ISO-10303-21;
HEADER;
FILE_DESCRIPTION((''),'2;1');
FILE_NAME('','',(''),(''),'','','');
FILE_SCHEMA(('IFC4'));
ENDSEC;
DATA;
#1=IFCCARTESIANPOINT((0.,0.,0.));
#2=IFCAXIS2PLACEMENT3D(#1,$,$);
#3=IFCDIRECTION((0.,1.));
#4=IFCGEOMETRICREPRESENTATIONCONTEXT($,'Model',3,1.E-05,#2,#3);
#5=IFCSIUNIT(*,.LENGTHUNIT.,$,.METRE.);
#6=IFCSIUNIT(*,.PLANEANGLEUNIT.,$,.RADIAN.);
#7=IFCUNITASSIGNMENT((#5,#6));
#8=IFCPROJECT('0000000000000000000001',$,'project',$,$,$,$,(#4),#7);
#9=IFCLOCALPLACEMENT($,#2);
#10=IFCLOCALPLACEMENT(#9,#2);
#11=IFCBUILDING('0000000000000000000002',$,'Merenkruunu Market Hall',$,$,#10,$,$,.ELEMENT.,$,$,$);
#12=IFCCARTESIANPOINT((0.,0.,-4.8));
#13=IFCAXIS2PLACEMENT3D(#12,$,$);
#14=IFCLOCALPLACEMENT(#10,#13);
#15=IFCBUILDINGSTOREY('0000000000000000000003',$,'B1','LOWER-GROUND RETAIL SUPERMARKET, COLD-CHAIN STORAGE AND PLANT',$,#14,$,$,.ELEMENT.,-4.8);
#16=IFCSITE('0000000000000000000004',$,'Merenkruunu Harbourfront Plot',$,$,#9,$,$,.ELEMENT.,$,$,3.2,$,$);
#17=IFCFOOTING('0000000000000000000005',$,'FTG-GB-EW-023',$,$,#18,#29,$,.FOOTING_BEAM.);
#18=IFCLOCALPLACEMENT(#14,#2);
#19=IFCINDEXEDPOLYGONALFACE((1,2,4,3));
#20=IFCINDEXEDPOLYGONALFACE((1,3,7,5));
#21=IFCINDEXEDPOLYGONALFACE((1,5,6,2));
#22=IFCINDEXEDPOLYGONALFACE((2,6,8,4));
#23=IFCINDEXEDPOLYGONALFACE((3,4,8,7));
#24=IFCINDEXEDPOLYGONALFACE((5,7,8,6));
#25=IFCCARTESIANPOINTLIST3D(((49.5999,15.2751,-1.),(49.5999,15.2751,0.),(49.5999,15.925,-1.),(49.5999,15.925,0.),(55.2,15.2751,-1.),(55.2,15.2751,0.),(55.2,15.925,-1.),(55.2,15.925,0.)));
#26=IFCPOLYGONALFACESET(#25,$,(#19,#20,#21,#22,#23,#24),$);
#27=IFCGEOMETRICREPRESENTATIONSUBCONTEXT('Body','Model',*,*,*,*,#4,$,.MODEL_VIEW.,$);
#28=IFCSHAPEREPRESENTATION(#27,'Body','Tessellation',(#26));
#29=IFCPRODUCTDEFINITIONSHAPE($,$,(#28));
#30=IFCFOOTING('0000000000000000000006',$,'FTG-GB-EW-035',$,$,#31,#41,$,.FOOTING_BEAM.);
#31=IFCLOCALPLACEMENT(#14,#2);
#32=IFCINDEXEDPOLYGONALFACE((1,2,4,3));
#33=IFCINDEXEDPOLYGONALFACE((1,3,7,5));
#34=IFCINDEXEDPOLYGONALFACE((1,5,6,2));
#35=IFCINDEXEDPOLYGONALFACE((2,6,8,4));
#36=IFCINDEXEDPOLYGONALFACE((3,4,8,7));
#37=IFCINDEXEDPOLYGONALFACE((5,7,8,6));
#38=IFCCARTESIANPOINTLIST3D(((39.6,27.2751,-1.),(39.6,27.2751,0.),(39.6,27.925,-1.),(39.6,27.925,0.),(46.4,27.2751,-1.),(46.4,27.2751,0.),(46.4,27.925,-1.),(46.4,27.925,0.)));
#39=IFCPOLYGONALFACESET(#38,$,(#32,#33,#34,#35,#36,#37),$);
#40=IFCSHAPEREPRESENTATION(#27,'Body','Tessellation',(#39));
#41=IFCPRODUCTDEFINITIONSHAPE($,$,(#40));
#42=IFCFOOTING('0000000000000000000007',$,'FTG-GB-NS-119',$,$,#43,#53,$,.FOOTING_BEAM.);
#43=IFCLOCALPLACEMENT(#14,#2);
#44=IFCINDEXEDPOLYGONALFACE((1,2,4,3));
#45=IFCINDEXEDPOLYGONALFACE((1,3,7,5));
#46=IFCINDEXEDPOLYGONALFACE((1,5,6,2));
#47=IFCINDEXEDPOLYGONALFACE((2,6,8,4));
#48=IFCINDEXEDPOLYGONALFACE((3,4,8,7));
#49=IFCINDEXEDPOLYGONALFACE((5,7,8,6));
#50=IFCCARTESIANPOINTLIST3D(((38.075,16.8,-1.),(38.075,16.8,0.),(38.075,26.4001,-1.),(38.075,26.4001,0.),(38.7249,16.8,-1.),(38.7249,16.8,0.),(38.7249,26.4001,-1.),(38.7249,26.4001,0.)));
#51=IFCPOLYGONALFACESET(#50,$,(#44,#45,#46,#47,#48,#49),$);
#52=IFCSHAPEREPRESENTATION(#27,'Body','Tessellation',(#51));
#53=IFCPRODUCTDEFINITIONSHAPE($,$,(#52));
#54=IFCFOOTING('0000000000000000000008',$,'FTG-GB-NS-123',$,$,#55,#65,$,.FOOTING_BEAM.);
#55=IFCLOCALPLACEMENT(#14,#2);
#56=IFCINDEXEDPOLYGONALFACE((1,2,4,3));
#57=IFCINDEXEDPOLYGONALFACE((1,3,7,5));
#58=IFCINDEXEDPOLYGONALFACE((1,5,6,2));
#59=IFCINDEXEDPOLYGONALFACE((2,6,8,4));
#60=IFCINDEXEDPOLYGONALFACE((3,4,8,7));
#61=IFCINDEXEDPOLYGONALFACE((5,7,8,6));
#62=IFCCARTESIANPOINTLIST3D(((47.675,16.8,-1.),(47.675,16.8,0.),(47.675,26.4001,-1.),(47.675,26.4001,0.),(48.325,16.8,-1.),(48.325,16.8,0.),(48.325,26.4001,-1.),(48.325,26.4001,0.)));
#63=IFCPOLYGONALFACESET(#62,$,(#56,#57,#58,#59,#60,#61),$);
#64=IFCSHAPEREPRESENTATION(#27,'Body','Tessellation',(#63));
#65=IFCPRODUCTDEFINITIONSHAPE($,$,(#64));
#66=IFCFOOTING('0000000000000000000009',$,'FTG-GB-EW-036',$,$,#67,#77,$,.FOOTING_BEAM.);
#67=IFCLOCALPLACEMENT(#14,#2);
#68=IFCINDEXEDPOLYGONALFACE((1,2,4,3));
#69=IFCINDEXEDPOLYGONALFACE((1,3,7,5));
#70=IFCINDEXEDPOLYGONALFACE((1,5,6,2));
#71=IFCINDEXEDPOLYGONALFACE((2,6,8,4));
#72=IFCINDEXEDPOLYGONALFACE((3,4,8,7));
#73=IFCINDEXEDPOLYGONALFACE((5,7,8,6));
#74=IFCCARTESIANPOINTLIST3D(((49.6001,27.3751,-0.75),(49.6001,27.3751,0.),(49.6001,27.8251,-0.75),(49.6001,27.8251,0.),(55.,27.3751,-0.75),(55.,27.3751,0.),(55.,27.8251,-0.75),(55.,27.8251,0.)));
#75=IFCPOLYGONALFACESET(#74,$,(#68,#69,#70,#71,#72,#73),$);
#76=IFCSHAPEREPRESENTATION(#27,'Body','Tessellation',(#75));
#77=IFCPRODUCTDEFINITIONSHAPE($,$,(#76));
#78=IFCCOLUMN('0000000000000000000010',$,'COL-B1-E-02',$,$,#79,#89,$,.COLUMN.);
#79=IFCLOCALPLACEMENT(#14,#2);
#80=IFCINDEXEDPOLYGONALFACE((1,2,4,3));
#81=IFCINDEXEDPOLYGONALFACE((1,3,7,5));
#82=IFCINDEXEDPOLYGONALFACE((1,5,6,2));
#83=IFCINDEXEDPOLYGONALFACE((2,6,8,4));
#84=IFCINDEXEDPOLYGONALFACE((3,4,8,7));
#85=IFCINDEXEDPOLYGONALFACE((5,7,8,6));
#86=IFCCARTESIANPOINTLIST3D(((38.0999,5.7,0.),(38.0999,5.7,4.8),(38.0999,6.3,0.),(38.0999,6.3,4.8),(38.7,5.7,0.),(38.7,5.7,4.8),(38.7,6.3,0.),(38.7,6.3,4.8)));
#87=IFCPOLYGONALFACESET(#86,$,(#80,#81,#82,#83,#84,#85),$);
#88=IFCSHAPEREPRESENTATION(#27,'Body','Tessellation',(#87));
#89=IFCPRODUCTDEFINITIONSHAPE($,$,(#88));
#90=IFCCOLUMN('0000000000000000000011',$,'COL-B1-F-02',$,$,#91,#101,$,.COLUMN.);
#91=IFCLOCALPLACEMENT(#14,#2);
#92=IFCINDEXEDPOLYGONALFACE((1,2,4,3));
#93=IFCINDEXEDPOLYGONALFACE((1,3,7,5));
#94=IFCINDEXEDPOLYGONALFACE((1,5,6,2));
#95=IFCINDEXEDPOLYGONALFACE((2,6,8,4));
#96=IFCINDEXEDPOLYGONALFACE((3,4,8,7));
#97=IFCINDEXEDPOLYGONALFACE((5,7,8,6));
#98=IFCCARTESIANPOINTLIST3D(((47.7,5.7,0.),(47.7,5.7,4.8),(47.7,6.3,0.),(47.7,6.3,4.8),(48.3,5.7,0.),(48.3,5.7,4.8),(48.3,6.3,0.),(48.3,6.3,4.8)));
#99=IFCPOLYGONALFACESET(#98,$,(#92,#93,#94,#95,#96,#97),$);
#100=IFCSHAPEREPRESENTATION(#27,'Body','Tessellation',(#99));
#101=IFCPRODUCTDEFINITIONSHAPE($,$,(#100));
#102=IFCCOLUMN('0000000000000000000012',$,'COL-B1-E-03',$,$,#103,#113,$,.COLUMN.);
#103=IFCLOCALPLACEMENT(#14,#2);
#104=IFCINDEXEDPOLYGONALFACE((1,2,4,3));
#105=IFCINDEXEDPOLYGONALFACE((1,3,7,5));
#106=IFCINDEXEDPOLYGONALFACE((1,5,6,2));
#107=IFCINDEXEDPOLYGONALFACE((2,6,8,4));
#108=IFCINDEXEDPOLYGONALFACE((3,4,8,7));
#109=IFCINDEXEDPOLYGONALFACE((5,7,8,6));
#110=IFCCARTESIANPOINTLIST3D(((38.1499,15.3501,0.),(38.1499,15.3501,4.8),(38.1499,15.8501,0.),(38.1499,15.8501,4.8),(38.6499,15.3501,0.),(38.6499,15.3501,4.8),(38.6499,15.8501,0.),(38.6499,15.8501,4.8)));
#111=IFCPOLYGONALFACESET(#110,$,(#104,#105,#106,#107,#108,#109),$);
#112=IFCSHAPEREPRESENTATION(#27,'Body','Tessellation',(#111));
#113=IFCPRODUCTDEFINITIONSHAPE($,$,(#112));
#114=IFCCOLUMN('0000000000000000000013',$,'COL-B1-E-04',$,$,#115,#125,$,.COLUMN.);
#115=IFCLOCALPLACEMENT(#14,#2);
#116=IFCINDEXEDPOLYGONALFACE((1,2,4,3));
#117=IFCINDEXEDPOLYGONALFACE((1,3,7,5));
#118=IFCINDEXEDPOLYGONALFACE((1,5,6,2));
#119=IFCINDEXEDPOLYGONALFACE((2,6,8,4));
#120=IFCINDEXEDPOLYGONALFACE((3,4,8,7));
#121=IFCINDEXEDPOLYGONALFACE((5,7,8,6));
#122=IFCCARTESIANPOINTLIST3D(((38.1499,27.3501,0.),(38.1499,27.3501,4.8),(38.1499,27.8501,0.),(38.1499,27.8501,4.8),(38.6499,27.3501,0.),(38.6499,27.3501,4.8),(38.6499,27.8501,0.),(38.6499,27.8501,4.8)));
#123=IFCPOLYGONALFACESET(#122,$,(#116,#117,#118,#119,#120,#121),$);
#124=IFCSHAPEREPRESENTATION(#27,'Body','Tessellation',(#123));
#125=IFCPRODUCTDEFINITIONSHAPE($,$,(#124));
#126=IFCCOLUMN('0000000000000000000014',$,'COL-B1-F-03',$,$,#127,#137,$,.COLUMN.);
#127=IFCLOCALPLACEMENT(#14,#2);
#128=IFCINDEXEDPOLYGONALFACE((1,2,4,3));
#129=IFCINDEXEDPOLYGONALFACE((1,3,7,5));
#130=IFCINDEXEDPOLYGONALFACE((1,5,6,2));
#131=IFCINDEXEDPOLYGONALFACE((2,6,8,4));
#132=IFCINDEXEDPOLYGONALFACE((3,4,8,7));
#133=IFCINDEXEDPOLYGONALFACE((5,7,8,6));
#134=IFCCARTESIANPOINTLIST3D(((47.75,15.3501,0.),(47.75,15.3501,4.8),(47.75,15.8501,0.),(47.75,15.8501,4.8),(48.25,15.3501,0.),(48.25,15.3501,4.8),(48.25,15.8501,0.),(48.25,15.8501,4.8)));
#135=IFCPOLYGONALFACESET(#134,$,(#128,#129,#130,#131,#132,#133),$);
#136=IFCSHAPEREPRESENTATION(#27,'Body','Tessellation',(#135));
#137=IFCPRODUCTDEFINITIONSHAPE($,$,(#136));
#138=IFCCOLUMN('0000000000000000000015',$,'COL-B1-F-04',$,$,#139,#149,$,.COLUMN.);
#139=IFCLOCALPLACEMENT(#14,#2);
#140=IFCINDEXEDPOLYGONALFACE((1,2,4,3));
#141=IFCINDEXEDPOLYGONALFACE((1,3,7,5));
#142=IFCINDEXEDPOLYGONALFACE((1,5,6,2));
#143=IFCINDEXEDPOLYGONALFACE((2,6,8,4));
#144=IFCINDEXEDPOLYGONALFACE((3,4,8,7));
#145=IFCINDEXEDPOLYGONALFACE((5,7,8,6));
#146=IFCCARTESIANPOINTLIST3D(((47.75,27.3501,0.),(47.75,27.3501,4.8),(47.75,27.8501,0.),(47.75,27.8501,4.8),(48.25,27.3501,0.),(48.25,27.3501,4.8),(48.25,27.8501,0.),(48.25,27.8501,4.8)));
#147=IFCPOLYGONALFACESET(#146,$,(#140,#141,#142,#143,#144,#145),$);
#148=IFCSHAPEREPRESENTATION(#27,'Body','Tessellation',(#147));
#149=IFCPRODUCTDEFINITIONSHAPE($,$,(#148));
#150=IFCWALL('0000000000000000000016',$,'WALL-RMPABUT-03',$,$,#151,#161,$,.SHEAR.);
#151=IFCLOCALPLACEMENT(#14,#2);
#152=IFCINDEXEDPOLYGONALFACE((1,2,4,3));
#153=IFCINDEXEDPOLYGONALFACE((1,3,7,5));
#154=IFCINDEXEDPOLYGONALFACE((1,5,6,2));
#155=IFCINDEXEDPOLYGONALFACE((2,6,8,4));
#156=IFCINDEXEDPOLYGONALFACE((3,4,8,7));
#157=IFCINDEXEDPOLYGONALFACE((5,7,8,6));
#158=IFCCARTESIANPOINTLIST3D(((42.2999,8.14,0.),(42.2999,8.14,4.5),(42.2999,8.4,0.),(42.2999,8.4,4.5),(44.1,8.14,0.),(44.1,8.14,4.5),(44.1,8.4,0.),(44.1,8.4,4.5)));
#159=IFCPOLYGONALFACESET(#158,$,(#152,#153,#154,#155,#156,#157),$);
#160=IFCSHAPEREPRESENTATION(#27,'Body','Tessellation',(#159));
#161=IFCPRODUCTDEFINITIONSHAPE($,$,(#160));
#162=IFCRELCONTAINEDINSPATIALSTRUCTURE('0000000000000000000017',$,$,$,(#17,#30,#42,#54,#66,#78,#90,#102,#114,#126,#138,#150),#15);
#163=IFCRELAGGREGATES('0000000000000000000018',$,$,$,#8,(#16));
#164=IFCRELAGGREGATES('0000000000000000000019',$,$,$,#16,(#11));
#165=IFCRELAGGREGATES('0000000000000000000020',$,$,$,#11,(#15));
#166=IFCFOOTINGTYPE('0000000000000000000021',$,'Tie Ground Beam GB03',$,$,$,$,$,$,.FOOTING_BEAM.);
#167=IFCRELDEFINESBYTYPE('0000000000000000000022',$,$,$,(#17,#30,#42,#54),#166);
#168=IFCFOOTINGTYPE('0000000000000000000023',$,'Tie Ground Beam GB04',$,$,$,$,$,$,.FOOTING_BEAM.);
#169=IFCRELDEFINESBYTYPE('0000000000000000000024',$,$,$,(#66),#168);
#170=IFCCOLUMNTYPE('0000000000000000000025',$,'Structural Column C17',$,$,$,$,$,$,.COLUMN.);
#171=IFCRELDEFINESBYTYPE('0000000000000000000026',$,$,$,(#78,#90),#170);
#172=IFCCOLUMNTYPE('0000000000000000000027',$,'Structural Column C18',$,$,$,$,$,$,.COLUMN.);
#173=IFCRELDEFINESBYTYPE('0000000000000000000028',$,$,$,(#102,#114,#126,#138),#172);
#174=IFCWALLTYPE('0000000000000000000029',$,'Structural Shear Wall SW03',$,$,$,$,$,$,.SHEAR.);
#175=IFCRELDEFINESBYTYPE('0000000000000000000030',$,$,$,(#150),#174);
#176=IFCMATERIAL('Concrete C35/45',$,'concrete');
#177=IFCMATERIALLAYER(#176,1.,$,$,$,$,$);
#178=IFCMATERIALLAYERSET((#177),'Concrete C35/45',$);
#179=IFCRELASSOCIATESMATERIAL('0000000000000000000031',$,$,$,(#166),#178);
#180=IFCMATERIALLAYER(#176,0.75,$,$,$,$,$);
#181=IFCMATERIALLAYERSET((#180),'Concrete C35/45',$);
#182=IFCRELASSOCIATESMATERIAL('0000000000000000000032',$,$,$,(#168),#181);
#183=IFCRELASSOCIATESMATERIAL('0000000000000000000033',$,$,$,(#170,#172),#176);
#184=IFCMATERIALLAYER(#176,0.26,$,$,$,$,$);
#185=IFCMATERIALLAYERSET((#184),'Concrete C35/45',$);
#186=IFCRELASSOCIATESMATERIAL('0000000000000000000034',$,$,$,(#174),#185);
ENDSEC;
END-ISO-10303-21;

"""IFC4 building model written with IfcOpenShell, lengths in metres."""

from ifc_helpers import new_model, si_unit, direction, frame, frame_2d, origin, origin_2d, place, context, subcontext, project, spatial, rectangle, extrude, material, layer, layer_set, material_profile, profile_set, type_object, element, save


model = new_model("IFC4")

# Units and contexts
model_context = context("Model", 3, precision=1e-05, world=origin(), true_north=direction((0.0, 1.0)))
body_context = subcontext(model_context, "Body", "Model", "MODEL_VIEW")
ifc_project = project(units=[si_unit("LENGTHUNIT", "METRE"), si_unit("PLANEANGLEUNIT", "RADIAN")], contexts=[model_context])

# Site, building, storey
site_placement = place(None, origin())
site = spatial("IfcSite", under=ifc_project, at=site_placement, Name="Merenkruunu Harbourfront Plot", CompositionType="ELEMENT", RefElevation=3.2)
building_placement = place(site_placement, origin())
building = spatial("IfcBuilding", under=site, at=building_placement, Name="Merenkruunu Market Hall", CompositionType="ELEMENT")
storey_placement = place(building_placement, frame((0.0, 0.0, -4.8)))
storey = spatial("IfcBuildingStorey", under=building, at=storey_placement, Name="B1", Description="LOWER-GROUND RETAIL SUPERMARKET, COLD-CHAIN STORAGE AND PLANT", CompositionType="ELEMENT", Elevation=-4.8)

# Shared definitions
ifc_material = material(Name="Concrete C35/45", Category="concrete")

# Footings
ifc_layer_1 = layer(ifc_material, 1.0)
ifc_layer_set_1 = layer_set([ifc_layer_1], Name="Concrete C35/45")
footing_type_1 = type_object("IfcFootingType", Name="Tie Ground Beam GB03", PredefinedType="FOOTING_BEAM", material=ifc_layer_set_1)
footing_1_placement = place(storey_placement, frame((52.3999, 15.6001, -1.0), z_axis=(0.0, 0.0, 1.0), x_axis=(1.0, 0.0, 0.0)))
element("IfcFooting", 1, at=footing_1_placement, inside=storey, type_object=footing_type_1, Name="FTG-GB-EW-023", PredefinedType="FOOTING_BEAM", context=body_context, shape_type="SweptSolid", body=[
    extrude(rectangle(XDim=5.6001, YDim=0.6499, at=origin_2d()), origin(), (0.0, 0.0, 1.0), 1.0),
])
footing_2_placement = place(storey_placement, frame((43.0, 27.6001, -1.0), z_axis=(0.0, 0.0, 1.0), x_axis=(1.0, 0.0, 0.0)))
element("IfcFooting", 2, at=footing_2_placement, inside=storey, type_object=footing_type_1, Name="FTG-GB-EW-035", PredefinedType="FOOTING_BEAM", context=body_context, shape_type="SweptSolid", body=[
    extrude(rectangle(XDim=6.8, YDim=0.6499, at=origin_2d()), origin(), (0.0, 0.0, 1.0), 1.0),
])
for number, where, z_axis, x_axis, name in (
    (3, (38.3999, 21.6001, -1.0), (0.0, 0.0, 1.0), (0.0, 1.0, 0.0), "FTG-GB-NS-119"),
    (4, (48.0, 21.6001, -1.0), (0.0, 0.0, 1.0), (0.0, 1.0, 0.0), "FTG-GB-NS-123"),
):
    element("IfcFooting", number, at=place(storey_placement, frame(where, z_axis=z_axis, x_axis=x_axis)), inside=storey, type_object=footing_type_1, Name=name, PredefinedType="FOOTING_BEAM", context=body_context, shape_type="SweptSolid", body=[
        extrude(rectangle(XDim=9.6001, YDim=0.6499, at=origin_2d()), origin(), (0.0, 0.0, 1.0), 1.0),
    ])
ifc_layer_2 = layer(ifc_material, 0.75)
ifc_layer_set_2 = layer_set([ifc_layer_2], Name="Concrete C35/45")
footing_type_2 = type_object("IfcFootingType", Name="Tie Ground Beam GB04", PredefinedType="FOOTING_BEAM", material=ifc_layer_set_2)
footing_3_placement = place(storey_placement, frame((52.3, 27.6001, -0.75), z_axis=(0.0, 0.0, 1.0), x_axis=(1.0, 0.0, 0.0)))
element("IfcFooting", 5, at=footing_3_placement, inside=storey, type_object=footing_type_2, Name="FTG-GB-EW-036", PredefinedType="FOOTING_BEAM", context=body_context, shape_type="SweptSolid", body=[
    extrude(rectangle(XDim=5.3999, YDim=0.45, at=origin_2d()), origin(), (0.0, 0.0, 1.0), 0.75),
])

# Columns
ifc_material_profile_1 = material_profile(ifc_material, rectangle(XDim=0.6001, YDim=0.6001, at=origin_2d()), Name="RC 600x600")
ifc_profile_set_1 = profile_set([ifc_material_profile_1], Name="Concrete C35/45")
column_type_1 = type_object("IfcColumnType", Name="Structural Column C17", PredefinedType="COLUMN", material=ifc_profile_set_1)
for number, where, z_axis, x_axis, name in (
    (6, (38.3999, 6.0, 0.0), (0.0, 0.0, 1.0), (1.0, 0.0, 0.0), "COL-B1-E-02"),
    (7, (48.0, 6.0, 0.0), (0.0, 0.0, 1.0), (1.0, 0.0, 0.0), "COL-B1-F-02"),
):
    element("IfcColumn", number, at=place(storey_placement, frame(where, z_axis=z_axis, x_axis=x_axis)), inside=storey, type_object=column_type_1, Name=name, PredefinedType="COLUMN", context=body_context, shape_type="SweptSolid", body=[
        extrude(rectangle(XDim=0.6001, YDim=0.6001, at=origin_2d()), origin(), (0.0, 0.0, 1.0), 4.8),
    ])
ifc_material_profile_2 = material_profile(ifc_material, rectangle(XDim=0.5, YDim=0.5, at=origin_2d()), Name="RC 500x500")
ifc_profile_set_2 = profile_set([ifc_material_profile_2], Name="Concrete C35/45")
column_type_2 = type_object("IfcColumnType", Name="Structural Column C18", PredefinedType="COLUMN", material=ifc_profile_set_2)
for number, where, z_axis, x_axis, name in (
    (8, (38.3999, 15.6001, 0.0), (0.0, 0.0, 1.0), (1.0, 0.0, 0.0), "COL-B1-E-03"),
    (9, (38.3999, 27.6001, 0.0), (0.0, 0.0, 1.0), (1.0, 0.0, 0.0), "COL-B1-E-04"),
    (10, (48.0, 15.6001, 0.0), (0.0, 0.0, 1.0), (1.0, 0.0, 0.0), "COL-B1-F-03"),
    (11, (48.0, 27.6001, 0.0), (0.0, 0.0, 1.0), (1.0, 0.0, 0.0), "COL-B1-F-04"),
):
    element("IfcColumn", number, at=place(storey_placement, frame(where, z_axis=z_axis, x_axis=x_axis)), inside=storey, type_object=column_type_2, Name=name, PredefinedType="COLUMN", context=body_context, shape_type="SweptSolid", body=[
        extrude(rectangle(XDim=0.5, YDim=0.5, at=origin_2d()), origin(), (0.0, 0.0, 1.0), 4.8),
    ])

# Wall
ifc_layer_3 = layer(ifc_material, 0.26)
ifc_layer_set_3 = layer_set([ifc_layer_3], Name="Concrete C35/45")
wall_type = type_object("IfcWallType", Name="Structural Shear Wall SW03", PredefinedType="SHEAR", material=ifc_layer_set_3)
wall_placement = place(storey_placement, frame((42.3, 8.27, 0.0), z_axis=(0.0, 0.0, 1.0), x_axis=(1.0, 0.0, 0.0)))
element("IfcWall", 12, at=wall_placement, inside=storey, type_object=wall_type, Name="WALL-RMPABUT-03", PredefinedType="SHEAR", context=body_context, shape_type="SweptSolid", body=[
    extrude(rectangle(XDim=1.8, YDim=0.26, at=frame_2d((0.8999, 0.0))), origin(), (0.0, 0.0, 1.0), 4.5),
])

save(model, "model.ifc")
